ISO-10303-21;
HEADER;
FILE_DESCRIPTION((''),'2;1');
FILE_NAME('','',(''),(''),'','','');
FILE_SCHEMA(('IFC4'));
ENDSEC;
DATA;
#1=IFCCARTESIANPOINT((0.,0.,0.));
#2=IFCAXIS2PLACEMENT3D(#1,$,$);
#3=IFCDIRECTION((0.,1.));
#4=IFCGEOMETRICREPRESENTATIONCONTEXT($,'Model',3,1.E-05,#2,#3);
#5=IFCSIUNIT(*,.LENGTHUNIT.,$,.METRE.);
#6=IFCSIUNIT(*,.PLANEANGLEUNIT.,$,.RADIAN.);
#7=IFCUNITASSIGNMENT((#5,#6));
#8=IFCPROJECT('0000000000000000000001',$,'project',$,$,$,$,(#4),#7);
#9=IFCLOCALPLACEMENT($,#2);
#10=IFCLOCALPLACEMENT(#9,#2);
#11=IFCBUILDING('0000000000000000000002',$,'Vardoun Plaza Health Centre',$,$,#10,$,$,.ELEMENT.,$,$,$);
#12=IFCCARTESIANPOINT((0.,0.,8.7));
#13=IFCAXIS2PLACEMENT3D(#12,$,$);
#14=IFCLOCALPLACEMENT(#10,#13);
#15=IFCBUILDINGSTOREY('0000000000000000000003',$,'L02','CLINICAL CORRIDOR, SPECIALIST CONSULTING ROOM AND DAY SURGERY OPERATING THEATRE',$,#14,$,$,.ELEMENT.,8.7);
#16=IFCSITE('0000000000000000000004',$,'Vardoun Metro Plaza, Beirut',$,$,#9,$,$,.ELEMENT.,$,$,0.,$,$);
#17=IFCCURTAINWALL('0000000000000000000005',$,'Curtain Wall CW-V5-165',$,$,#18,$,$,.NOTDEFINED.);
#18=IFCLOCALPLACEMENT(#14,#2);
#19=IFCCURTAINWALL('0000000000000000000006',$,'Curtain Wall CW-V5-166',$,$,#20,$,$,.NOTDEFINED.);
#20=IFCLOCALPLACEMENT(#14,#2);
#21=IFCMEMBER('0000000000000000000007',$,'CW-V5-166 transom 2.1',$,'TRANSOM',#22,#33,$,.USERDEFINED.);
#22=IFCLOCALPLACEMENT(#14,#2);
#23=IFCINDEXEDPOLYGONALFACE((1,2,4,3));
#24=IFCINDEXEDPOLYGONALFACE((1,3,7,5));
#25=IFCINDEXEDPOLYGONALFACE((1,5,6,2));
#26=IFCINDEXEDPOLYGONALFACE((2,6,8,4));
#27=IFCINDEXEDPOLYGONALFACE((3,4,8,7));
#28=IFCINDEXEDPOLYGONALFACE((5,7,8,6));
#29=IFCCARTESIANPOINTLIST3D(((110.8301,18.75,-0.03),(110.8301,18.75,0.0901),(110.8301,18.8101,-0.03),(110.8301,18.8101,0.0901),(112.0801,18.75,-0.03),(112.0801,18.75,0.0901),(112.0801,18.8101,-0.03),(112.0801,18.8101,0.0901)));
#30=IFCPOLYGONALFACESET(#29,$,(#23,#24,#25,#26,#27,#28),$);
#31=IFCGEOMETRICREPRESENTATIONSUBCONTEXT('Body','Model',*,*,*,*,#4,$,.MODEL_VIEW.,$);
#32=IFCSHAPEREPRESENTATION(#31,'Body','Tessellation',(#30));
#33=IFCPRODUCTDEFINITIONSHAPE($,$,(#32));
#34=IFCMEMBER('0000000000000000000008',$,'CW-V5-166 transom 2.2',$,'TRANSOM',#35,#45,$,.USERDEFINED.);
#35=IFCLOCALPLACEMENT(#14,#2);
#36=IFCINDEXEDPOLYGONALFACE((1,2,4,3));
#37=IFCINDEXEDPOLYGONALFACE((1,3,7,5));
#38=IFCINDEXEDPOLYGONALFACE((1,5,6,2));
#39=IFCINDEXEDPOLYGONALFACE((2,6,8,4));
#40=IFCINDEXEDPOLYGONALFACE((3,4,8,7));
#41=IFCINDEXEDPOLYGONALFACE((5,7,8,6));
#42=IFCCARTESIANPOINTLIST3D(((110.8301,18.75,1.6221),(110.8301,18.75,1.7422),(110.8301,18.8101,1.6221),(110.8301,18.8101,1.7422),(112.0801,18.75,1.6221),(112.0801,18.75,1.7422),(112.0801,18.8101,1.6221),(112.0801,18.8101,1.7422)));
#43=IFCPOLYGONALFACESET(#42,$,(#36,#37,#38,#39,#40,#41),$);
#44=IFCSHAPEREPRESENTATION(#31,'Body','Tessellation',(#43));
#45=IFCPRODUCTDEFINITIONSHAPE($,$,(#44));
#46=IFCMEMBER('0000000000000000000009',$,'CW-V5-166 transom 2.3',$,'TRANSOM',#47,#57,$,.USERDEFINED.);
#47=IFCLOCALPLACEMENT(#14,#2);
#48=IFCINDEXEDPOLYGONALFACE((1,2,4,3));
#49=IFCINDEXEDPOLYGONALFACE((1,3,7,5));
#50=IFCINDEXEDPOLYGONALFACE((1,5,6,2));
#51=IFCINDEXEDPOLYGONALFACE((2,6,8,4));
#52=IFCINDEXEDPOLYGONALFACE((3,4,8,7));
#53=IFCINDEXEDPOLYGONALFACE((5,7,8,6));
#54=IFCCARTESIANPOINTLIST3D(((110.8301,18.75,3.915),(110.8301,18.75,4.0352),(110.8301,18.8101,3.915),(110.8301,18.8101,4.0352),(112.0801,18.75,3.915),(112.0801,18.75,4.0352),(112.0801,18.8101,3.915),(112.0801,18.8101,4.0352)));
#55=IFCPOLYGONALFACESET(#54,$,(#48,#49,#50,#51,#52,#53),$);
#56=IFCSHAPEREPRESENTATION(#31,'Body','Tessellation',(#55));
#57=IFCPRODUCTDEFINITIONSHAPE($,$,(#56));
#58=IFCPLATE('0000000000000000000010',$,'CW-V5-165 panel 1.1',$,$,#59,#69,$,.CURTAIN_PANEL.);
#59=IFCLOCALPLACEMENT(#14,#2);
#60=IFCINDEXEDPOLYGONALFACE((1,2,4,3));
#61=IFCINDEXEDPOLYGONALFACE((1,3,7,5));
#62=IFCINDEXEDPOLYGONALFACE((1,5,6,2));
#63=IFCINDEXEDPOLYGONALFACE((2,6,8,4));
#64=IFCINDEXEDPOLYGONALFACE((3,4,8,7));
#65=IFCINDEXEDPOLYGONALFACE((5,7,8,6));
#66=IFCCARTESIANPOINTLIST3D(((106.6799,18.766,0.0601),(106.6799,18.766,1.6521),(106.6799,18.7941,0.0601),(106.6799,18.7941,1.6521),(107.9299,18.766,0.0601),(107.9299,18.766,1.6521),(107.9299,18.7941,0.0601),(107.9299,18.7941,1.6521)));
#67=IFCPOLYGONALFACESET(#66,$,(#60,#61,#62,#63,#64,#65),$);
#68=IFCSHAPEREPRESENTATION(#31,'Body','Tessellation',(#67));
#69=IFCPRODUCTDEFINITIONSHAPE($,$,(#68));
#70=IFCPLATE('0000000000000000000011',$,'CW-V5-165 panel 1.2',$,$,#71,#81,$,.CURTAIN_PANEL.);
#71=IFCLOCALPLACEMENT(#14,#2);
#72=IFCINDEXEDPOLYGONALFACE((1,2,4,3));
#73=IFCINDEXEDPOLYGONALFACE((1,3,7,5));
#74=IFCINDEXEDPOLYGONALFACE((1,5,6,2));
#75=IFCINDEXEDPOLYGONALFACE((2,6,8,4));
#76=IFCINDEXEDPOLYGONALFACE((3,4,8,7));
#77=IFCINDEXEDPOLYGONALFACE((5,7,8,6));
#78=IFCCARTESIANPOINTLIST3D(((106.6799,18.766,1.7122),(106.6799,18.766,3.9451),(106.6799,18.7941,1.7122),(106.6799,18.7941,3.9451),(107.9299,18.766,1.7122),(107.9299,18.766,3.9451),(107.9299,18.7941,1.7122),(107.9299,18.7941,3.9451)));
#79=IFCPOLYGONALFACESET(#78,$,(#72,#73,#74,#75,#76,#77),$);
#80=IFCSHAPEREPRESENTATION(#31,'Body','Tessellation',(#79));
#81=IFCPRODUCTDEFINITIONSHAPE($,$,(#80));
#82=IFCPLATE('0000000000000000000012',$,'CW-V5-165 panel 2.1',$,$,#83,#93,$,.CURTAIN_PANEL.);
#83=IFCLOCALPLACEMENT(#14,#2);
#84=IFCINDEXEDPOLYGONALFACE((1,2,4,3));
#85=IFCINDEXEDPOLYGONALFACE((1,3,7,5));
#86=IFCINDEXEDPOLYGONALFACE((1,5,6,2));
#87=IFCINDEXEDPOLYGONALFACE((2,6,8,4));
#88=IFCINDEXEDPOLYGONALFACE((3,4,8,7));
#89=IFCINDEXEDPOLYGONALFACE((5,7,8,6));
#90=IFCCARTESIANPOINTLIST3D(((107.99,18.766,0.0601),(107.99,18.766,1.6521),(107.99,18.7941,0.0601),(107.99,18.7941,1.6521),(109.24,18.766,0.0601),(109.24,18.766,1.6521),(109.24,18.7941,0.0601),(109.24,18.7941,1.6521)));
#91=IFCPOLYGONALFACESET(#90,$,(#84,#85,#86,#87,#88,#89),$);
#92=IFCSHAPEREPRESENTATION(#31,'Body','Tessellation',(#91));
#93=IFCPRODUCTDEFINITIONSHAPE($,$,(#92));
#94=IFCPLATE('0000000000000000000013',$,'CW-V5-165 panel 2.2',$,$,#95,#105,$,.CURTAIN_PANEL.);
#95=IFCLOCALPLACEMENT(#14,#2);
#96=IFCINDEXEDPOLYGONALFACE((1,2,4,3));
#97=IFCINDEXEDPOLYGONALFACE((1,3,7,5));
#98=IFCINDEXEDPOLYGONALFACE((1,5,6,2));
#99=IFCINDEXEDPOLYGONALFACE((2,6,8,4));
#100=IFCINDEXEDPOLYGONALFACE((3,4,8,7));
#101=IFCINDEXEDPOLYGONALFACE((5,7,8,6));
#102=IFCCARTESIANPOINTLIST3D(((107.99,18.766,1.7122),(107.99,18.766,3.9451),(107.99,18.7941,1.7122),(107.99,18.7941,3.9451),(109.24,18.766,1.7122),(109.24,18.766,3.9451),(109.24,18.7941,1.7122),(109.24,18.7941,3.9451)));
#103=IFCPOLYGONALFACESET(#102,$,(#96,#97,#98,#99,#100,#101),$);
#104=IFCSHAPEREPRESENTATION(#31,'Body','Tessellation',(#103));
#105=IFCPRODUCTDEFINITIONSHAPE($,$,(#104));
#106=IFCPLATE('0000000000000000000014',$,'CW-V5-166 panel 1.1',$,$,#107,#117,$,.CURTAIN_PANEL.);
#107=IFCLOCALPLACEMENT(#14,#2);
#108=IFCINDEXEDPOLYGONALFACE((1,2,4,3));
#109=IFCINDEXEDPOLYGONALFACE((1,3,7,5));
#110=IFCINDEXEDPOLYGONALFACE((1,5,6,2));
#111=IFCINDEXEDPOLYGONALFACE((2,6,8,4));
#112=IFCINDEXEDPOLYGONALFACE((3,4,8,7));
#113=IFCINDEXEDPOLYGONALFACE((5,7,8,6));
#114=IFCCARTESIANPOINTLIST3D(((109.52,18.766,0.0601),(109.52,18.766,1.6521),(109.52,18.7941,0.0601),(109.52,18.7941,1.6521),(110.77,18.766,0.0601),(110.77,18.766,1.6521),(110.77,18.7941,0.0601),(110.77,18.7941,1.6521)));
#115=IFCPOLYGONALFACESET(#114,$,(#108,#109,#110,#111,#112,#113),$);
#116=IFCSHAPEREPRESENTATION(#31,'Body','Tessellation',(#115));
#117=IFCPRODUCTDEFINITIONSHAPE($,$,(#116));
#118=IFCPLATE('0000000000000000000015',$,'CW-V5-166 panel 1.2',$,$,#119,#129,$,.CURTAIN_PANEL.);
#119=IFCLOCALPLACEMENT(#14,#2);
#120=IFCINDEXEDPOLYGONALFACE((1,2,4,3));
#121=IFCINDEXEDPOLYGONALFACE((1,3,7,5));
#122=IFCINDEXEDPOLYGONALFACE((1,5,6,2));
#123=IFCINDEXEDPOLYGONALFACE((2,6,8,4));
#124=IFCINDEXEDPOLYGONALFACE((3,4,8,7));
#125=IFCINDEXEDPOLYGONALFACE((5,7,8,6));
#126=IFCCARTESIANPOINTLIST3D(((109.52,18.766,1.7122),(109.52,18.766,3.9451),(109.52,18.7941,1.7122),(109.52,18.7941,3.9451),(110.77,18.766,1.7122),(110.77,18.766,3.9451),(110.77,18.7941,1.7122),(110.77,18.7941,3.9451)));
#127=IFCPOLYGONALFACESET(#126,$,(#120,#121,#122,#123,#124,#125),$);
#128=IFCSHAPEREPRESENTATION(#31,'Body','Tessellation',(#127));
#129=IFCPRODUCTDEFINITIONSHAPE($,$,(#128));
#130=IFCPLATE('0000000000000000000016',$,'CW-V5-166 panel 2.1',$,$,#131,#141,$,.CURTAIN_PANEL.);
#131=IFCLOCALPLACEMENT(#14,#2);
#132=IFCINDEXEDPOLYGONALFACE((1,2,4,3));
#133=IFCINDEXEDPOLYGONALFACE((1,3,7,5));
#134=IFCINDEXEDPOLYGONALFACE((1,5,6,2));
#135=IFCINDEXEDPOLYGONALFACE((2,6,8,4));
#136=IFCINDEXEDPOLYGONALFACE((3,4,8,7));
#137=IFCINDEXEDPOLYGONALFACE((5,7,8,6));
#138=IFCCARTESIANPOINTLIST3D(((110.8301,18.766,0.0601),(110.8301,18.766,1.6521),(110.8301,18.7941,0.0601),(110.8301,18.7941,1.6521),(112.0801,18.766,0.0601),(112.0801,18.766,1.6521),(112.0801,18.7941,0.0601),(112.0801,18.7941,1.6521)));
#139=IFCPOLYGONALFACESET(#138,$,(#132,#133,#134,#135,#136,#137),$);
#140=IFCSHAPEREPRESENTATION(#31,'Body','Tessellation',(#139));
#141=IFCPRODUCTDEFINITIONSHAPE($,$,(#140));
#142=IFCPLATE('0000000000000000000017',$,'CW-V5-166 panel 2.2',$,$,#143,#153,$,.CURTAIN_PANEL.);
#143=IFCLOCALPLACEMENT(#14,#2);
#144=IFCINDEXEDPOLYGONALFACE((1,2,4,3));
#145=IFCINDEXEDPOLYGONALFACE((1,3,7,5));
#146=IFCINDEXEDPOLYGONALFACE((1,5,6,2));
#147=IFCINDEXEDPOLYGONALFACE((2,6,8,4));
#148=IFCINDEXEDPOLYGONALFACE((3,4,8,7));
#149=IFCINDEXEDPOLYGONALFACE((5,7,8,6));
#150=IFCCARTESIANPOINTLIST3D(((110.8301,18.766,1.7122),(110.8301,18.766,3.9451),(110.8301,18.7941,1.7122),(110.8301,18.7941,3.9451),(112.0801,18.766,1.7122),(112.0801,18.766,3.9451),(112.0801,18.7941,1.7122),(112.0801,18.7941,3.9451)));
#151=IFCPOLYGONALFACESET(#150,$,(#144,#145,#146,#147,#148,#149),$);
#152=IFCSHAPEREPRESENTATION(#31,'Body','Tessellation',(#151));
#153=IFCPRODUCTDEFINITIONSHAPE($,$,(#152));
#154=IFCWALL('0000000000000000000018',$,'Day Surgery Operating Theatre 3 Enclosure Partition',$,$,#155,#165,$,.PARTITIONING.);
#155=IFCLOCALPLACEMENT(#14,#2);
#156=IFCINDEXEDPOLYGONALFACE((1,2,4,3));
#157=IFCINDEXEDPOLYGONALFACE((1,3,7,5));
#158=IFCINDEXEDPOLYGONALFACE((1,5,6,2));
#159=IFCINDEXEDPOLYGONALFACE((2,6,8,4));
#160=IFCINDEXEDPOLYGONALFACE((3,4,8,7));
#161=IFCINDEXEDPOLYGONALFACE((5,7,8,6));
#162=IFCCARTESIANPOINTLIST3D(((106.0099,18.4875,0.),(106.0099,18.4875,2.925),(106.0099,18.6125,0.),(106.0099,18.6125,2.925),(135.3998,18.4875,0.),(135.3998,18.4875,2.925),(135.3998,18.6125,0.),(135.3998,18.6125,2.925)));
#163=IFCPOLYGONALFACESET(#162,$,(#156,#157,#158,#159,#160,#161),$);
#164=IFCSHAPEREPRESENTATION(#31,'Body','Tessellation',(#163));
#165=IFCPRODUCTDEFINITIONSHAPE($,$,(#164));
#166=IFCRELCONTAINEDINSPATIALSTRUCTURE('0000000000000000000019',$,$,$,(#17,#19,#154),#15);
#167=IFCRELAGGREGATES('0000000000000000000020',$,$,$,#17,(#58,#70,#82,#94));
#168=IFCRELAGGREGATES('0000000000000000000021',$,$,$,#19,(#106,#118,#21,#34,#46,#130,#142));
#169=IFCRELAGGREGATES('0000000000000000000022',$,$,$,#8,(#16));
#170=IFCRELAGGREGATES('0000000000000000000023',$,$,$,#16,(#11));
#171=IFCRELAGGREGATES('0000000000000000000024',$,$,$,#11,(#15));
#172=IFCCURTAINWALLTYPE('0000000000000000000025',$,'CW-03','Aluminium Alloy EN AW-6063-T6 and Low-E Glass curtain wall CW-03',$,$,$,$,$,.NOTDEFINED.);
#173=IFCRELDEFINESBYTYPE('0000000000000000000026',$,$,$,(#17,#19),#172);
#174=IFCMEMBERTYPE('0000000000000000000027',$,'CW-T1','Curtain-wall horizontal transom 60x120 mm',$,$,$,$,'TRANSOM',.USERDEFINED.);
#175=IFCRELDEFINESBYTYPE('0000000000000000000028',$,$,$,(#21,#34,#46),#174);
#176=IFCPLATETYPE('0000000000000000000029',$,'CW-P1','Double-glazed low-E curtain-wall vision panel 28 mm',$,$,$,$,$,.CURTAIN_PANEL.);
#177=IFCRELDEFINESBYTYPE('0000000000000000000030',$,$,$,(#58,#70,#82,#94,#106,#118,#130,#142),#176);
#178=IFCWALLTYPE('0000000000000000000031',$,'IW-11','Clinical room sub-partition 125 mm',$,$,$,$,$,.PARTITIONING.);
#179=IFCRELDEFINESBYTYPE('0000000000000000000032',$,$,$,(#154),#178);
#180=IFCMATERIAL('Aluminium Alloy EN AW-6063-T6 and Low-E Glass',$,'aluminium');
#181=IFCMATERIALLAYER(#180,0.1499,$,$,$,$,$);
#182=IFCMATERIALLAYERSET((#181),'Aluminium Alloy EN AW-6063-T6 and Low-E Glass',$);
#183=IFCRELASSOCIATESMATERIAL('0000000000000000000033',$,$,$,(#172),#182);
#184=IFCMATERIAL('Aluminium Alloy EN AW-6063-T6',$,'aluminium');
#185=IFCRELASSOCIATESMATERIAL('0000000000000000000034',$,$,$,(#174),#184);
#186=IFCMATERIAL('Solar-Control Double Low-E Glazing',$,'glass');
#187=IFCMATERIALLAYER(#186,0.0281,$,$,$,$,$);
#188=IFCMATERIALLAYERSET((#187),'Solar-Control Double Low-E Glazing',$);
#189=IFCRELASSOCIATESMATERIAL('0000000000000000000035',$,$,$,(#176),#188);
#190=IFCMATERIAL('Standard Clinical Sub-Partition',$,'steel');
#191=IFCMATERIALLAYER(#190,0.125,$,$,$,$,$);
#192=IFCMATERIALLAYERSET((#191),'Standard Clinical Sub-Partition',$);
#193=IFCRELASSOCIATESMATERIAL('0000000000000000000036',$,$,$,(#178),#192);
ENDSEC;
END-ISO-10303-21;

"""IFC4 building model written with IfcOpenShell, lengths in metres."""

from ifc_helpers import new_model, si_unit, direction, frame, frame_2d, origin, origin_2d, place, context, subcontext, project, spatial, rectangle, extrude, material, layer, layer_set, material_profile, profile_set, type_object, element, aggregate, save


model = new_model("IFC4")

# Units and contexts
model_context = context("Model", 3, precision=1e-05, world=origin(), true_north=direction((0.0, 1.0)))
body_context = subcontext(model_context, "Body", "Model", "MODEL_VIEW")
ifc_project = project(units=[si_unit("LENGTHUNIT", "METRE"), si_unit("PLANEANGLEUNIT", "RADIAN")], contexts=[model_context])

# Site, building, storey
site_placement = place(None, origin())
site = spatial("IfcSite", under=ifc_project, at=site_placement, Name="Vardoun Metro Plaza, Beirut", CompositionType="ELEMENT", RefElevation=0.0)
building_placement = place(site_placement, origin())
building = spatial("IfcBuilding", under=site, at=building_placement, Name="Vardoun Plaza Health Centre", CompositionType="ELEMENT")
storey_placement = place(building_placement, frame((0.0, 0.0, 8.7)))
storey = spatial("IfcBuildingStorey", under=building, at=storey_placement, Name="L02", Description="CLINICAL CORRIDOR, SPECIALIST CONSULTING ROOM AND DAY SURGERY OPERATING THEATRE", CompositionType="ELEMENT", Elevation=8.7)

# Curtain walls
ifc_material_1 = material(Name="Aluminium Alloy EN AW-6063-T6 and Low-E Glass", Category="aluminium")
ifc_layer_1 = layer(ifc_material_1, 0.1499)
ifc_layer_set_1 = layer_set([ifc_layer_1], Name="Aluminium Alloy EN AW-6063-T6 and Low-E Glass")
curtain_wall_type = type_object("IfcCurtainWallType", Name="CW-03", Description="Aluminium Alloy EN AW-6063-T6 and Low-E Glass curtain wall CW-03", PredefinedType="NOTDEFINED", material=ifc_layer_set_1)
curtain_wall_1_placement = place(storey_placement, origin())
curtain_wall_1 = element("IfcCurtainWall", 1, at=curtain_wall_1_placement, inside=storey, type_object=curtain_wall_type, Name="Curtain Wall CW-V5-165", PredefinedType="NOTDEFINED")
curtain_wall_2_placement = place(storey_placement, origin())
curtain_wall_2 = element("IfcCurtainWall", 2, at=curtain_wall_2_placement, inside=storey, type_object=curtain_wall_type, Name="Curtain Wall CW-V5-166", PredefinedType="NOTDEFINED")

# Members
ifc_material_2 = material(Name="Aluminium Alloy EN AW-6063-T6", Category="aluminium")
ifc_material_profile_1 = material_profile(ifc_material_2, rectangle(XDim=0.0601, YDim=0.1201, at=origin_2d()), Name="CWT 60x120")
ifc_profile_set_1 = profile_set([ifc_material_profile_1], Name="Aluminium Alloy EN AW-6063-T6")
member_type_1 = type_object("IfcMemberType", Name="CW-T1", Description="Curtain-wall horizontal transom 60x120 mm", ElementType="TRANSOM", PredefinedType="USERDEFINED", material=ifc_profile_set_1)
member_1_placement = place(storey_placement, frame((110.8301, 18.78, 0.03), z_axis=(1.0, 0.0, 0.0), x_axis=(0.0, 1.0, 0.0)))
member_1 = element("IfcMember", 3, at=member_1_placement, type_object=member_type_1, Name="CW-V5-166 transom 2.1", ObjectType="TRANSOM", PredefinedType="USERDEFINED", context=body_context, shape_type="SweptSolid", body=[
    extrude(rectangle(XDim=0.0601, YDim=0.1201, at=origin_2d()), origin(), (0.0, 0.0, 1.0), 1.25),
])
member_2_placement = place(storey_placement, frame((110.8301, 18.78, 1.6821), z_axis=(1.0, 0.0, 0.0), x_axis=(0.0, 1.0, 0.0)))
member_2 = element("IfcMember", 4, at=member_2_placement, type_object=member_type_1, Name="CW-V5-166 transom 2.2", ObjectType="TRANSOM", PredefinedType="USERDEFINED", context=body_context, shape_type="SweptSolid", body=[
    extrude(rectangle(XDim=0.0601, YDim=0.1201, at=origin_2d()), origin(), (0.0, 0.0, 1.0), 1.25),
])
member_3_placement = place(storey_placement, frame((110.8301, 18.78, 3.9751), z_axis=(1.0, 0.0, 0.0), x_axis=(0.0, 1.0, 0.0)))
member_3 = element("IfcMember", 5, at=member_3_placement, type_object=member_type_1, Name="CW-V5-166 transom 2.3", ObjectType="TRANSOM", PredefinedType="USERDEFINED", context=body_context, shape_type="SweptSolid", body=[
    extrude(rectangle(XDim=0.0601, YDim=0.1201, at=origin_2d()), origin(), (0.0, 0.0, 1.0), 1.25),
])

# Plates
ifc_material_3 = material(Name="Solar-Control Double Low-E Glazing", Category="glass")
ifc_layer_2 = layer(ifc_material_3, 0.0281)
ifc_layer_set_2 = layer_set([ifc_layer_2], Name="Solar-Control Double Low-E Glazing")
plate_type = type_object("IfcPlateType", Name="CW-P1", Description="Double-glazed low-E curtain-wall vision panel 28 mm", PredefinedType="CURTAIN_PANEL", material=ifc_layer_set_2)
plate_1_placement = place(storey_placement, frame((107.3049, 18.78, 0.0601), z_axis=(0.0, 0.0, 1.0), x_axis=(1.0, 0.0, 0.0)))
plate_1 = element("IfcPlate", 6, at=plate_1_placement, type_object=plate_type, Name="CW-V5-165 panel 1.1", PredefinedType="CURTAIN_PANEL", context=body_context, shape_type="SweptSolid", body=[
    extrude(rectangle(XDim=1.25, YDim=0.0281, at=origin_2d()), origin(), (0.0, 0.0, 1.0), 1.592),
])
plate_2_placement = place(storey_placement, frame((107.3049, 18.78, 1.7122), z_axis=(0.0, 0.0, 1.0), x_axis=(1.0, 0.0, 0.0)))
plate_2 = element("IfcPlate", 7, at=plate_2_placement, type_object=plate_type, Name="CW-V5-165 panel 1.2", PredefinedType="CURTAIN_PANEL", context=body_context, shape_type="SweptSolid", body=[
    extrude(rectangle(XDim=1.25, YDim=0.0281, at=origin_2d()), origin(), (0.0, 0.0, 1.0), 2.2329),
])
plate_3_placement = place(storey_placement, frame((108.615, 18.78, 0.0601), z_axis=(0.0, 0.0, 1.0), x_axis=(1.0, 0.0, 0.0)))
plate_3 = element("IfcPlate", 8, at=plate_3_placement, type_object=plate_type, Name="CW-V5-165 panel 2.1", PredefinedType="CURTAIN_PANEL", context=body_context, shape_type="SweptSolid", body=[
    extrude(rectangle(XDim=1.25, YDim=0.0281, at=origin_2d()), origin(), (0.0, 0.0, 1.0), 1.592),
])
plate_4_placement = place(storey_placement, frame((108.615, 18.78, 1.7122), z_axis=(0.0, 0.0, 1.0), x_axis=(1.0, 0.0, 0.0)))
plate_4 = element("IfcPlate", 9, at=plate_4_placement, type_object=plate_type, Name="CW-V5-165 panel 2.2", PredefinedType="CURTAIN_PANEL", context=body_context, shape_type="SweptSolid", body=[
    extrude(rectangle(XDim=1.25, YDim=0.0281, at=origin_2d()), origin(), (0.0, 0.0, 1.0), 2.2329),
])
aggregate(curtain_wall_1, [plate_1, plate_2, plate_3, plate_4])
plate_5_placement = place(storey_placement, frame((110.145, 18.78, 0.0601), z_axis=(0.0, 0.0, 1.0), x_axis=(1.0, 0.0, 0.0)))
plate_5 = element("IfcPlate", 10, at=plate_5_placement, type_object=plate_type, Name="CW-V5-166 panel 1.1", PredefinedType="CURTAIN_PANEL", context=body_context, shape_type="SweptSolid", body=[
    extrude(rectangle(XDim=1.25, YDim=0.0281, at=origin_2d()), origin(), (0.0, 0.0, 1.0), 1.592),
])
plate_6_placement = place(storey_placement, frame((110.145, 18.78, 1.7122), z_axis=(0.0, 0.0, 1.0), x_axis=(1.0, 0.0, 0.0)))
plate_6 = element("IfcPlate", 11, at=plate_6_placement, type_object=plate_type, Name="CW-V5-166 panel 1.2", PredefinedType="CURTAIN_PANEL", context=body_context, shape_type="SweptSolid", body=[
    extrude(rectangle(XDim=1.25, YDim=0.0281, at=origin_2d()), origin(), (0.0, 0.0, 1.0), 2.2329),
])
plate_7_placement = place(storey_placement, frame((111.4551, 18.78, 0.0601), z_axis=(0.0, 0.0, 1.0), x_axis=(1.0, 0.0, 0.0)))
plate_7 = element("IfcPlate", 12, at=plate_7_placement, type_object=plate_type, Name="CW-V5-166 panel 2.1", PredefinedType="CURTAIN_PANEL", context=body_context, shape_type="SweptSolid", body=[
    extrude(rectangle(XDim=1.25, YDim=0.0281, at=origin_2d()), origin(), (0.0, 0.0, 1.0), 1.592),
])
plate_8_placement = place(storey_placement, frame((111.4551, 18.78, 1.7122), z_axis=(0.0, 0.0, 1.0), x_axis=(1.0, 0.0, 0.0)))
plate_8 = element("IfcPlate", 13, at=plate_8_placement, type_object=plate_type, Name="CW-V5-166 panel 2.2", PredefinedType="CURTAIN_PANEL", context=body_context, shape_type="SweptSolid", body=[
    extrude(rectangle(XDim=1.25, YDim=0.0281, at=origin_2d()), origin(), (0.0, 0.0, 1.0), 2.2329),
])
aggregate(curtain_wall_2, [plate_5, plate_6, member_1, member_2, member_3, plate_7, plate_8])

# Wall
ifc_material_4 = material(Name="Standard Clinical Sub-Partition", Category="steel")
ifc_layer_3 = layer(ifc_material_4, 0.125)
ifc_layer_set_3 = layer_set([ifc_layer_3], Name="Standard Clinical Sub-Partition")
wall_type = type_object("IfcWallType", Name="IW-11", Description="Clinical room sub-partition 125 mm", PredefinedType="PARTITIONING", material=ifc_layer_set_3)
wall_placement = place(storey_placement, frame((106.01, 18.55, 0.0), z_axis=(0.0, 0.0, 1.0), x_axis=(1.0, 0.0, 0.0)))
element("IfcWall", 14, at=wall_placement, inside=storey, type_object=wall_type, Name="Day Surgery Operating Theatre 3 Enclosure Partition", PredefinedType="PARTITIONING", context=body_context, shape_type="SweptSolid", body=[
    extrude(rectangle(XDim=29.3899, YDim=0.125, at=frame_2d((14.6948, 0.0))), origin(), (0.0, 0.0, 1.0), 2.925),
])

save(model, "model.ifc")
